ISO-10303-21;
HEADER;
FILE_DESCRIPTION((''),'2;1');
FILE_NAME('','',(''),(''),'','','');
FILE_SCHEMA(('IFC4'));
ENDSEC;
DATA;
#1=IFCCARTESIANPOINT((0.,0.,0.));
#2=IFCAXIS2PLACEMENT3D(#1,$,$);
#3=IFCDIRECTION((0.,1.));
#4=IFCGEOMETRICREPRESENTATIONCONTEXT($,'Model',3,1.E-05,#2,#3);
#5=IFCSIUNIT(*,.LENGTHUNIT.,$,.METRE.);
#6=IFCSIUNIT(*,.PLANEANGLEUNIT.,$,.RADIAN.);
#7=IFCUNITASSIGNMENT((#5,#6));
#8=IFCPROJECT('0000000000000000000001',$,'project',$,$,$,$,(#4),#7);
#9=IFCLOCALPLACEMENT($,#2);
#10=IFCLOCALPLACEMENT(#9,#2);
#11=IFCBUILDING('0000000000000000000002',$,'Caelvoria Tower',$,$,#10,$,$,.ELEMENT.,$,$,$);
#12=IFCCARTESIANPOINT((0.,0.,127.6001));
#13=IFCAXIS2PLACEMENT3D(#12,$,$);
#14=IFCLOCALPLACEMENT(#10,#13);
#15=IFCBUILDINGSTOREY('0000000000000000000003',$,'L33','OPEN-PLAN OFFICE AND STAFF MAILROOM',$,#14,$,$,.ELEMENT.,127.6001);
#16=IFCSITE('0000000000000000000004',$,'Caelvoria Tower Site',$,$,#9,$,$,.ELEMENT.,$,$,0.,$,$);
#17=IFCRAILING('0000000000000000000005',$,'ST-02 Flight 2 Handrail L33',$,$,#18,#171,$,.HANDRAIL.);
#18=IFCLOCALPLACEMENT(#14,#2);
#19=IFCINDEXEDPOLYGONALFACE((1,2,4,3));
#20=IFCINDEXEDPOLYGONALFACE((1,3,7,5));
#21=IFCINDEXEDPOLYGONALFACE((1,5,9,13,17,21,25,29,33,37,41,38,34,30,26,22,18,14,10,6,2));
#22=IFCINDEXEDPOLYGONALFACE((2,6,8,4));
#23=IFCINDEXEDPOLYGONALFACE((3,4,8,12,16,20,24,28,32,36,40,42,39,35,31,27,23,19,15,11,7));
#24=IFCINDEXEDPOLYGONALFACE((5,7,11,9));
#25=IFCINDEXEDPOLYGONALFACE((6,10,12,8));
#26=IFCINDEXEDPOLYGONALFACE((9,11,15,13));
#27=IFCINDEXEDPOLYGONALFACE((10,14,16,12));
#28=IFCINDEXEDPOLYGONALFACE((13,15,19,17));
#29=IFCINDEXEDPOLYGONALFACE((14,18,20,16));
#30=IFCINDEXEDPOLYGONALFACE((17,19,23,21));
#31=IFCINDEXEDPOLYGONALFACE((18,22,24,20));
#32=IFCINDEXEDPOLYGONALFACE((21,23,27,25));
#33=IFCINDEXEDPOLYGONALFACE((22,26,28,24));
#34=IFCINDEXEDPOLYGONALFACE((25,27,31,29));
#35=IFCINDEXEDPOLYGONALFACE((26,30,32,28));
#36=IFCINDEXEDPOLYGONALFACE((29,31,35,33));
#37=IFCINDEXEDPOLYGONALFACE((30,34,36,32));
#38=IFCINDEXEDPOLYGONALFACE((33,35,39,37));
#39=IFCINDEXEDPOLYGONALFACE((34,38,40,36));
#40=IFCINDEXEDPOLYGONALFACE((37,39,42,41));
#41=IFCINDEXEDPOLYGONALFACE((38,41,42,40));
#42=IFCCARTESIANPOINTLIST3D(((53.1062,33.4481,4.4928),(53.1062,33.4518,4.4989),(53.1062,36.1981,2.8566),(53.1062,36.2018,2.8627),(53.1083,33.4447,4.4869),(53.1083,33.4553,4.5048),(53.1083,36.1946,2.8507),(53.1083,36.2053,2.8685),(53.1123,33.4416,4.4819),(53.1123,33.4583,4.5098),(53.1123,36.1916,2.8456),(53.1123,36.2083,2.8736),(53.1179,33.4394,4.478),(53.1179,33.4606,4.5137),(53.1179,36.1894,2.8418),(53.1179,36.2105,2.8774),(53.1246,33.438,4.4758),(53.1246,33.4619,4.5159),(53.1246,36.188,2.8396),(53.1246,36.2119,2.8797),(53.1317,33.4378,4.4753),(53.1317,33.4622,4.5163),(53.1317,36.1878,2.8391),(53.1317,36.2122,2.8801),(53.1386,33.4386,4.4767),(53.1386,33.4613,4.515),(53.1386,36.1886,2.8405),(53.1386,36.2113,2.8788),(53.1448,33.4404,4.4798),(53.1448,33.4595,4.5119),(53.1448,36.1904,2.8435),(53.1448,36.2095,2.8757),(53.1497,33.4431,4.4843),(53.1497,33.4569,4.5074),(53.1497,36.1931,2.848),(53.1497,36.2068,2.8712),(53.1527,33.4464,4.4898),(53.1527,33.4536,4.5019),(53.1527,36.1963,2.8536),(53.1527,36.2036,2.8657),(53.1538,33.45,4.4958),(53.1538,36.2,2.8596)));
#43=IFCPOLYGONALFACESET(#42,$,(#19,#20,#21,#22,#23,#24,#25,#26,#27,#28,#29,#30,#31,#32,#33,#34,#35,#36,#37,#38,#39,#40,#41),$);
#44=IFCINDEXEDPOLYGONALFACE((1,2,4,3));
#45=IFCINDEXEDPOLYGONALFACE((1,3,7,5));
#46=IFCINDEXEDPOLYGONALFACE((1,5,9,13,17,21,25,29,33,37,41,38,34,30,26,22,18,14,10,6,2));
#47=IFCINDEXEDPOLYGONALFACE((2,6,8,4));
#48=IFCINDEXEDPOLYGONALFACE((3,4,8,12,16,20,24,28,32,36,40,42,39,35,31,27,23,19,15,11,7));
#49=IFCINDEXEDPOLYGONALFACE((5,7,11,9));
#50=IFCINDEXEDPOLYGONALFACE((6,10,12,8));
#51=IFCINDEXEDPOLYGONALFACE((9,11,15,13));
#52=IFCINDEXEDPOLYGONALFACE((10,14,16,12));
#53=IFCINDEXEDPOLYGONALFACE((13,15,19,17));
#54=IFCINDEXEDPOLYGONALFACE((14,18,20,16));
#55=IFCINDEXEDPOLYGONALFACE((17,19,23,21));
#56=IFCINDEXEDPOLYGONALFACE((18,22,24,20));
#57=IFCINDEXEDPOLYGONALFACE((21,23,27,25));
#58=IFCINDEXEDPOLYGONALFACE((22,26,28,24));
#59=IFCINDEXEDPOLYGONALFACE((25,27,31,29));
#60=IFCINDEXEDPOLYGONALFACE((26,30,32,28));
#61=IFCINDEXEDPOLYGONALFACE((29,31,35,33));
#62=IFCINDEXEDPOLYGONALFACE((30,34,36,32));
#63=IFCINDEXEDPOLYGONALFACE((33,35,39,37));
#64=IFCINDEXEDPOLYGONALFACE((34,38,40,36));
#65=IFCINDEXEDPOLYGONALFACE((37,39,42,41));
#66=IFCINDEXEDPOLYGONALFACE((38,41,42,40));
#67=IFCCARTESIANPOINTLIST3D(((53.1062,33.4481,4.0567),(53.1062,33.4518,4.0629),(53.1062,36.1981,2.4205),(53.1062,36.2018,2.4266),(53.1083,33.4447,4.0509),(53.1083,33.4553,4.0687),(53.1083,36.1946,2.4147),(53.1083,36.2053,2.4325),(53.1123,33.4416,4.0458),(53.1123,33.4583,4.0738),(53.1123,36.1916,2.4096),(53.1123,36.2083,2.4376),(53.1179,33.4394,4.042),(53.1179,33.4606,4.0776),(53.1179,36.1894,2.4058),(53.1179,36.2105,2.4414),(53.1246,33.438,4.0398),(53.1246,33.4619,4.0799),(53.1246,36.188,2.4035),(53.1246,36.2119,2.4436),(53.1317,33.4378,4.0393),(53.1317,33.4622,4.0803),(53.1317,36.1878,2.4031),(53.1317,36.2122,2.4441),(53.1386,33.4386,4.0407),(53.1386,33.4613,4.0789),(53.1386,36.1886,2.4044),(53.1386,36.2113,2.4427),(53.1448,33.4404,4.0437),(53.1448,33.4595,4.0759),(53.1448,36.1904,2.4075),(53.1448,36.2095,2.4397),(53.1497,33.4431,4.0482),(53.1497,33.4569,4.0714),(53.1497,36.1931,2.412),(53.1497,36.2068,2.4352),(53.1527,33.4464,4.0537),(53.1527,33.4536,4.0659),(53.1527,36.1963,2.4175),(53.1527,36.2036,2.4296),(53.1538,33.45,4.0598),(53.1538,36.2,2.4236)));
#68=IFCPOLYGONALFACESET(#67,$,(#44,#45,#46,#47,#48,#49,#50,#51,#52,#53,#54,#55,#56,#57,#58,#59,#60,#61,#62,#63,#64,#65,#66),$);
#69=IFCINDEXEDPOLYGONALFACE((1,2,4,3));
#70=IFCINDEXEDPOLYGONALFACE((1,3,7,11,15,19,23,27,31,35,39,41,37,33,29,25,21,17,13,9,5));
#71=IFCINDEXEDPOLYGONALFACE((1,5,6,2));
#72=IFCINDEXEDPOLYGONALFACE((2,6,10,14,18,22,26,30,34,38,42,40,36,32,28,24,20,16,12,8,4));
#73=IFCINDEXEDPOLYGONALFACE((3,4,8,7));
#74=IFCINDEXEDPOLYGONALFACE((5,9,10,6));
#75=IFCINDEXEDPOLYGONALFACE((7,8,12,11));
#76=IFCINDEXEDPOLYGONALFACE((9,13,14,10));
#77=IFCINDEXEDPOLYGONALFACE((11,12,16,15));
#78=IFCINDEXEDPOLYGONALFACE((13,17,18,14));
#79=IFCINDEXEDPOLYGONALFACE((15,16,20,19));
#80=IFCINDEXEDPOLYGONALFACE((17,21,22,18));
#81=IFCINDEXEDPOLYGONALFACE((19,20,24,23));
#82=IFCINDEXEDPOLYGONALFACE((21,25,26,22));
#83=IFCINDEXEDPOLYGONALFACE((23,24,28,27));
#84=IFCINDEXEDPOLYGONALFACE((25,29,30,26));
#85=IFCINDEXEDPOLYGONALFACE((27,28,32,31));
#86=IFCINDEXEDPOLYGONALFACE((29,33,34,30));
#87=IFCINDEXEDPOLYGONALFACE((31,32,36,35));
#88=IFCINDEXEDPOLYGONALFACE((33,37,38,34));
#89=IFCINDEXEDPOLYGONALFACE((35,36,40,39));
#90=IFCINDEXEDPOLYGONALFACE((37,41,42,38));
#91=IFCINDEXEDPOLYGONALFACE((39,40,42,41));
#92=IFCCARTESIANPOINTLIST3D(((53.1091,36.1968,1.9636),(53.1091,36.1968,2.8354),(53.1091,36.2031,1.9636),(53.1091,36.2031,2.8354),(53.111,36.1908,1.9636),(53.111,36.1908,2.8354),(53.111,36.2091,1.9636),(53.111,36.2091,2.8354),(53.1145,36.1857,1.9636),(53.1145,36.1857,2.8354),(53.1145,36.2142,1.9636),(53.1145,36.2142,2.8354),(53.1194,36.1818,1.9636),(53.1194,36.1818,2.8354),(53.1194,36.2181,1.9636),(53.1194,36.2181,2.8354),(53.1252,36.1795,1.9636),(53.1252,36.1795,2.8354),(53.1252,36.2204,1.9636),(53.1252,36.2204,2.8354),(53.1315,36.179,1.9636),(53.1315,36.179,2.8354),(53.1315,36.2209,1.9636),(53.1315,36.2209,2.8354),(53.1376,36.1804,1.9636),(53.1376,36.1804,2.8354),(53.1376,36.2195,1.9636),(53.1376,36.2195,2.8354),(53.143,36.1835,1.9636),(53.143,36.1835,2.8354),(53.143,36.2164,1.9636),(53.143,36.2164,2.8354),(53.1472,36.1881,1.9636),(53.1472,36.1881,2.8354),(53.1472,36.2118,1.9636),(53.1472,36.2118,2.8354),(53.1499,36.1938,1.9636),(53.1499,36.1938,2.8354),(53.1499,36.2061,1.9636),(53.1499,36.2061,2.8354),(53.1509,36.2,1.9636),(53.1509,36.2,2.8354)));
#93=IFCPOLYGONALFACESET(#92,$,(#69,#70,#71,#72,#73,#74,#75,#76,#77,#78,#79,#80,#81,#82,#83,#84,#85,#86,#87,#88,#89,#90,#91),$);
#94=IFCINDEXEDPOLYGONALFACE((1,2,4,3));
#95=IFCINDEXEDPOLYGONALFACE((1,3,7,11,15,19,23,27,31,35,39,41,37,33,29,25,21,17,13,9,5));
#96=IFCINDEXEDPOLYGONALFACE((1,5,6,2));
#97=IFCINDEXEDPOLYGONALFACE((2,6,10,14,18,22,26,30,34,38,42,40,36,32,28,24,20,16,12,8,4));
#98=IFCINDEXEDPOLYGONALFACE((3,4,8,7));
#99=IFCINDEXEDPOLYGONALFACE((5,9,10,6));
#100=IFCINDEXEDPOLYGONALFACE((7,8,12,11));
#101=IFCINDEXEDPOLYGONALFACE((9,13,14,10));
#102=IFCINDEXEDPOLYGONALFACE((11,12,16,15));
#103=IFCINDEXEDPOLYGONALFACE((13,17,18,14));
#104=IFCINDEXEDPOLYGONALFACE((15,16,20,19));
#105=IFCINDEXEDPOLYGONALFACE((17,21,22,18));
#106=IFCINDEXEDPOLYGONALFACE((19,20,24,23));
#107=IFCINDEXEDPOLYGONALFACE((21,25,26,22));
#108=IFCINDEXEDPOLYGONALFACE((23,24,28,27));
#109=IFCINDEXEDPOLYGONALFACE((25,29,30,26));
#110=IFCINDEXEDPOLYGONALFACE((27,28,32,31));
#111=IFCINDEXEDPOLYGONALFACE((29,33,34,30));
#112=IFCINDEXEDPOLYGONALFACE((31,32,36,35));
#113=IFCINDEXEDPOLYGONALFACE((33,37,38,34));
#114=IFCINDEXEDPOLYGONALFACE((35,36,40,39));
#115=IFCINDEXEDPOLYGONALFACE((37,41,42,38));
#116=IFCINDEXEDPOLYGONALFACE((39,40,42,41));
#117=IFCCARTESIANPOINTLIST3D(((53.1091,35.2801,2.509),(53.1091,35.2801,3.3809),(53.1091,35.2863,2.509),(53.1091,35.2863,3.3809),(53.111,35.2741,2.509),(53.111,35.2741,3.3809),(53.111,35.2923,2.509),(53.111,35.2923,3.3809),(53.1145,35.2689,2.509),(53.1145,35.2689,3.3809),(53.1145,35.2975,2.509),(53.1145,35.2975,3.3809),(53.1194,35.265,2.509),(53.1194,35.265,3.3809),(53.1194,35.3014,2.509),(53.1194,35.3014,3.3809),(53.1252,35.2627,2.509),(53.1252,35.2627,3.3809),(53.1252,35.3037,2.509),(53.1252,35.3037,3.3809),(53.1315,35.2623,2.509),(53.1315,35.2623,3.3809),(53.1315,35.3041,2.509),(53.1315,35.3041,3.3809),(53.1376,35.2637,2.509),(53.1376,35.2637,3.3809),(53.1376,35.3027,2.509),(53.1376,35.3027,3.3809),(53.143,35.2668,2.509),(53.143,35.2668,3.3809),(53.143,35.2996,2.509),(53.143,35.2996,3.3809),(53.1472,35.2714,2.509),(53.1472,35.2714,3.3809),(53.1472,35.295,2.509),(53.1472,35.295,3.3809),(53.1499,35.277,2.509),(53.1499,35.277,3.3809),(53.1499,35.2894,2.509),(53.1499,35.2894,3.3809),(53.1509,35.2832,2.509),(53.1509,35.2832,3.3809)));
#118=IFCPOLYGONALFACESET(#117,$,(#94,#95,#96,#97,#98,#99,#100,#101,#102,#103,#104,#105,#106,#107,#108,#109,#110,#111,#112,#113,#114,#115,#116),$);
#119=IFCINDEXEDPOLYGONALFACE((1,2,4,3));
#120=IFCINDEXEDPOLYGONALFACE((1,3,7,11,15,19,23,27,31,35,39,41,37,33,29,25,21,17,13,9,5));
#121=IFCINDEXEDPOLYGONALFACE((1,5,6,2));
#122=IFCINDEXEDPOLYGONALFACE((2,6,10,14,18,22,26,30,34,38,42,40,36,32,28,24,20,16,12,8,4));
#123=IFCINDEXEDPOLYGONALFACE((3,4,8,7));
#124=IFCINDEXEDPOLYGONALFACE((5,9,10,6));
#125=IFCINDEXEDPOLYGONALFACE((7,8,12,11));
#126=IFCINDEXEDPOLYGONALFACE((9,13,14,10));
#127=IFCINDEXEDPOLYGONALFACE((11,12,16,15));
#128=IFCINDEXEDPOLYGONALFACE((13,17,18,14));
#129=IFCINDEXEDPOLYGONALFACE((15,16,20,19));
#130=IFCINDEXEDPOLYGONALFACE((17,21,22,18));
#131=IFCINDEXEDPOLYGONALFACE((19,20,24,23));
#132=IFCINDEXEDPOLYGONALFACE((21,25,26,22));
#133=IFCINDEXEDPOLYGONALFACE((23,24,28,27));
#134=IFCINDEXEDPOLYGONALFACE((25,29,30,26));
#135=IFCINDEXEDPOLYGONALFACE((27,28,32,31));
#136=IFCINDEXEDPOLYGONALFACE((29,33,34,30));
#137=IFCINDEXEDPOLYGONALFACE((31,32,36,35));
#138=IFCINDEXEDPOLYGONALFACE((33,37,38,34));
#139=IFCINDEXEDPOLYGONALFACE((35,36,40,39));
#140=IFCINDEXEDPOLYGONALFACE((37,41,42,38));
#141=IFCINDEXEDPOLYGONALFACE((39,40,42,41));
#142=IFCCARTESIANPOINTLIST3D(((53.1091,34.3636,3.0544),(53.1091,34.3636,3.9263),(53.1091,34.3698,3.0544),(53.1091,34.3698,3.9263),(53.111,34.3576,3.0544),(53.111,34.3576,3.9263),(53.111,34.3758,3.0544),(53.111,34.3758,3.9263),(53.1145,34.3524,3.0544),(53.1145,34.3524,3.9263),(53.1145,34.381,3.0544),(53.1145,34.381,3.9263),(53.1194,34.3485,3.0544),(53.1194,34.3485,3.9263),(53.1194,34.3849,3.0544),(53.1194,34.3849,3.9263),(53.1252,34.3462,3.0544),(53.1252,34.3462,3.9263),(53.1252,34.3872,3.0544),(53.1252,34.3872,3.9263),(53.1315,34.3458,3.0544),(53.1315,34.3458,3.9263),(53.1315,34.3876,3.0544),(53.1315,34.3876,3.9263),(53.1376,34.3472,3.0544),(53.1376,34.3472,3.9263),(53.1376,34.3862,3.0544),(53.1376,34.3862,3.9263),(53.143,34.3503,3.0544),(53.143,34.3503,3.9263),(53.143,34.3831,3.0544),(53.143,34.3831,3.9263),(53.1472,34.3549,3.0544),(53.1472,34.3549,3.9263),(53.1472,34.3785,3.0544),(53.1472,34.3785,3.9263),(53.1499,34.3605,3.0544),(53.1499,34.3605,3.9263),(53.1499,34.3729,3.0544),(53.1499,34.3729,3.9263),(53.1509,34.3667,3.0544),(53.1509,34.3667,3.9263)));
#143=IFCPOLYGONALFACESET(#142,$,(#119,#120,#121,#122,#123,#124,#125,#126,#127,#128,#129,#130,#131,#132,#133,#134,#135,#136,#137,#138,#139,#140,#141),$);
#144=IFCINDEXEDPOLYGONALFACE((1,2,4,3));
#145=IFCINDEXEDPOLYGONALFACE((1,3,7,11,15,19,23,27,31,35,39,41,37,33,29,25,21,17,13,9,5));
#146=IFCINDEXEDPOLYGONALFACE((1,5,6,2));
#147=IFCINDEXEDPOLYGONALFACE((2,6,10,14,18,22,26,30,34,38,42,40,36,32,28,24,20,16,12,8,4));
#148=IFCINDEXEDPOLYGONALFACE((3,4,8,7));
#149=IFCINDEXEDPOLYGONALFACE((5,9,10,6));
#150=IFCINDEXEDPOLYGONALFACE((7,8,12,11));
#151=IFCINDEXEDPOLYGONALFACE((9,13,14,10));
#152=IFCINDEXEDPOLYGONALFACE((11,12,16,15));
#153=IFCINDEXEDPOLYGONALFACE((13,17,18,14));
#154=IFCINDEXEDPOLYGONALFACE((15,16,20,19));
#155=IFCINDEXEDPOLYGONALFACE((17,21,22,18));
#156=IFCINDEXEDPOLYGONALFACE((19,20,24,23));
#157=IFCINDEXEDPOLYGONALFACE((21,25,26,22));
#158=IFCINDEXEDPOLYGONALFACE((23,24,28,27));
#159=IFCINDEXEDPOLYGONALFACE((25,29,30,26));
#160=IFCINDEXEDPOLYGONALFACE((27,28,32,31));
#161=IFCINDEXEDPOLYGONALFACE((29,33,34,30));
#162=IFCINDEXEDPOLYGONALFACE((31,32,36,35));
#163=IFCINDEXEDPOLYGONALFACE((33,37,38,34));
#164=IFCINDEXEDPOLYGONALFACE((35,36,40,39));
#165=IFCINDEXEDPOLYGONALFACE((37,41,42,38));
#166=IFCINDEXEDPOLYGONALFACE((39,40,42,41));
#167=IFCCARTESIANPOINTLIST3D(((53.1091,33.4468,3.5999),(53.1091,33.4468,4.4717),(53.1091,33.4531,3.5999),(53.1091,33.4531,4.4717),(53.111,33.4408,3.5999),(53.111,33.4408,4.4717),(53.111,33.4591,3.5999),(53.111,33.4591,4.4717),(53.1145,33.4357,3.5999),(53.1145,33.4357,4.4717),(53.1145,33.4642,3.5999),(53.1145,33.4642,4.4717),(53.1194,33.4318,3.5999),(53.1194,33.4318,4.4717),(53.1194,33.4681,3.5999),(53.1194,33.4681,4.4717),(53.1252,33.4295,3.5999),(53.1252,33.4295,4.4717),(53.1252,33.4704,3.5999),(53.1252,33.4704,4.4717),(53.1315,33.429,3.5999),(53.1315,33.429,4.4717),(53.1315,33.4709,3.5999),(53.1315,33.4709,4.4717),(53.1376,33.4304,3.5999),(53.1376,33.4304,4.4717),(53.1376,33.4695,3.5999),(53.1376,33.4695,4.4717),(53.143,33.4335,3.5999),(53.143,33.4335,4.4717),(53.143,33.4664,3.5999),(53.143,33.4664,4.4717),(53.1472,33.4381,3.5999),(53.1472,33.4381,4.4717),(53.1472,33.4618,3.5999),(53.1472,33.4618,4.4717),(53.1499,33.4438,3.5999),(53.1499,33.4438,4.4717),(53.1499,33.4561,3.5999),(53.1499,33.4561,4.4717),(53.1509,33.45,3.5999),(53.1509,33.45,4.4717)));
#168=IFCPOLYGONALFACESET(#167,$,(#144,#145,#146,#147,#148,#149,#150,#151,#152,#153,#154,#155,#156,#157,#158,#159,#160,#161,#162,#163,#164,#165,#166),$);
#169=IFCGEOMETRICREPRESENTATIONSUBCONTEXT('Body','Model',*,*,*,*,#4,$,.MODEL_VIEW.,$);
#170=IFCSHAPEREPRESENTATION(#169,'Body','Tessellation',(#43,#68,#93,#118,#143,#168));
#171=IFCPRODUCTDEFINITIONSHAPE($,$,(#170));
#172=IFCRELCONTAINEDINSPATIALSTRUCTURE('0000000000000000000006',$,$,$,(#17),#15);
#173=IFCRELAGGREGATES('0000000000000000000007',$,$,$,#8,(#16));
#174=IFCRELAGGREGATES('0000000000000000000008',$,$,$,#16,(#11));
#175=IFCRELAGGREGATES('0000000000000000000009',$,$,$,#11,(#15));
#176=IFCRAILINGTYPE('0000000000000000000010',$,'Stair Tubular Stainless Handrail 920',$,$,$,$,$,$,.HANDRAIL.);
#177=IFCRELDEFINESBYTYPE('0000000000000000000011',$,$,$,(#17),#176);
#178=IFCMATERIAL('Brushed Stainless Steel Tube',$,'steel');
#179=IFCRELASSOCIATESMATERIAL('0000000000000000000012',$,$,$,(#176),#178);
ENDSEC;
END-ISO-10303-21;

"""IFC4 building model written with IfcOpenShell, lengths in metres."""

from ifc_helpers import new_model, si_unit, direction, frame, origin, origin_2d, place, context, subcontext, project, spatial, circle, extrude, material, type_object, element, save


model = new_model("IFC4")

# Units and contexts
model_context = context("Model", 3, precision=1e-05, world=origin(), true_north=direction((0.0, 1.0)))
body_context = subcontext(model_context, "Body", "Model", "MODEL_VIEW")
ifc_project = project(units=[si_unit("LENGTHUNIT", "METRE"), si_unit("PLANEANGLEUNIT", "RADIAN")], contexts=[model_context])

# Site, building, storey
site_placement = place(None, origin())
site = spatial("IfcSite", under=ifc_project, at=site_placement, Name="Caelvoria Tower Site", CompositionType="ELEMENT", RefElevation=0.0)
building_placement = place(site_placement, origin())
building = spatial("IfcBuilding", under=site, at=building_placement, Name="Caelvoria Tower", CompositionType="ELEMENT")
storey_placement = place(building_placement, frame((0.0, 0.0, 127.6001)))
storey = spatial("IfcBuildingStorey", under=building, at=storey_placement, Name="L33", Description="OPEN-PLAN OFFICE AND STAFF MAILROOM", CompositionType="ELEMENT", Elevation=127.6001)

# Railing
ifc_material_1 = material(Name="Brushed Stainless Steel Tube", Category="steel")
railing_type_1 = type_object("IfcRailingType", Name="Stair Tubular Stainless Handrail 920", PredefinedType="HANDRAIL", material=ifc_material_1)
railing_1_placement = place(storey_placement, frame((53.1299, 36.2, 1.9636)))
element("IfcRailing", 1, at=railing_1_placement, inside=storey, type_object=railing_type_1, Name="ST-02 Flight 2 Handrail L33", PredefinedType="HANDRAIL", context=body_context, shape_type="SweptSolid", body=[
    extrude(circle(Radius=0.0239, at=origin_2d()), frame((0.0, 0.0, 0.896), z_axis=(0.0, -0.859385, 0.511328), x_axis=(1.0, 0.0, 0.0)), (0.0, 0.0, 1.0), 3.2),
    extrude(circle(Radius=0.0239, at=origin_2d()), frame((0.0, 0.0, 0.46), z_axis=(0.0, -0.859385, 0.511328), x_axis=(1.0, 0.0, 0.0)), (0.0, 0.0, 1.0), 3.2),
    extrude(circle(Radius=0.021, at=origin_2d()), origin(), (0.0, 0.0, 1.0), 0.8718),
    extrude(circle(Radius=0.021, at=origin_2d()), frame((0.0, -0.9167, 0.5454)), (0.0, 0.0, 1.0), 0.8718),
    extrude(circle(Radius=0.021, at=origin_2d()), frame((0.0, -1.8333, 1.0908)), (0.0, 0.0, 1.0), 0.8718),
    extrude(circle(Radius=0.021, at=origin_2d()), frame((0.0, -2.75, 1.6362)), (0.0, 0.0, 1.0), 0.8718),
])

save(model, "model.ifc")
